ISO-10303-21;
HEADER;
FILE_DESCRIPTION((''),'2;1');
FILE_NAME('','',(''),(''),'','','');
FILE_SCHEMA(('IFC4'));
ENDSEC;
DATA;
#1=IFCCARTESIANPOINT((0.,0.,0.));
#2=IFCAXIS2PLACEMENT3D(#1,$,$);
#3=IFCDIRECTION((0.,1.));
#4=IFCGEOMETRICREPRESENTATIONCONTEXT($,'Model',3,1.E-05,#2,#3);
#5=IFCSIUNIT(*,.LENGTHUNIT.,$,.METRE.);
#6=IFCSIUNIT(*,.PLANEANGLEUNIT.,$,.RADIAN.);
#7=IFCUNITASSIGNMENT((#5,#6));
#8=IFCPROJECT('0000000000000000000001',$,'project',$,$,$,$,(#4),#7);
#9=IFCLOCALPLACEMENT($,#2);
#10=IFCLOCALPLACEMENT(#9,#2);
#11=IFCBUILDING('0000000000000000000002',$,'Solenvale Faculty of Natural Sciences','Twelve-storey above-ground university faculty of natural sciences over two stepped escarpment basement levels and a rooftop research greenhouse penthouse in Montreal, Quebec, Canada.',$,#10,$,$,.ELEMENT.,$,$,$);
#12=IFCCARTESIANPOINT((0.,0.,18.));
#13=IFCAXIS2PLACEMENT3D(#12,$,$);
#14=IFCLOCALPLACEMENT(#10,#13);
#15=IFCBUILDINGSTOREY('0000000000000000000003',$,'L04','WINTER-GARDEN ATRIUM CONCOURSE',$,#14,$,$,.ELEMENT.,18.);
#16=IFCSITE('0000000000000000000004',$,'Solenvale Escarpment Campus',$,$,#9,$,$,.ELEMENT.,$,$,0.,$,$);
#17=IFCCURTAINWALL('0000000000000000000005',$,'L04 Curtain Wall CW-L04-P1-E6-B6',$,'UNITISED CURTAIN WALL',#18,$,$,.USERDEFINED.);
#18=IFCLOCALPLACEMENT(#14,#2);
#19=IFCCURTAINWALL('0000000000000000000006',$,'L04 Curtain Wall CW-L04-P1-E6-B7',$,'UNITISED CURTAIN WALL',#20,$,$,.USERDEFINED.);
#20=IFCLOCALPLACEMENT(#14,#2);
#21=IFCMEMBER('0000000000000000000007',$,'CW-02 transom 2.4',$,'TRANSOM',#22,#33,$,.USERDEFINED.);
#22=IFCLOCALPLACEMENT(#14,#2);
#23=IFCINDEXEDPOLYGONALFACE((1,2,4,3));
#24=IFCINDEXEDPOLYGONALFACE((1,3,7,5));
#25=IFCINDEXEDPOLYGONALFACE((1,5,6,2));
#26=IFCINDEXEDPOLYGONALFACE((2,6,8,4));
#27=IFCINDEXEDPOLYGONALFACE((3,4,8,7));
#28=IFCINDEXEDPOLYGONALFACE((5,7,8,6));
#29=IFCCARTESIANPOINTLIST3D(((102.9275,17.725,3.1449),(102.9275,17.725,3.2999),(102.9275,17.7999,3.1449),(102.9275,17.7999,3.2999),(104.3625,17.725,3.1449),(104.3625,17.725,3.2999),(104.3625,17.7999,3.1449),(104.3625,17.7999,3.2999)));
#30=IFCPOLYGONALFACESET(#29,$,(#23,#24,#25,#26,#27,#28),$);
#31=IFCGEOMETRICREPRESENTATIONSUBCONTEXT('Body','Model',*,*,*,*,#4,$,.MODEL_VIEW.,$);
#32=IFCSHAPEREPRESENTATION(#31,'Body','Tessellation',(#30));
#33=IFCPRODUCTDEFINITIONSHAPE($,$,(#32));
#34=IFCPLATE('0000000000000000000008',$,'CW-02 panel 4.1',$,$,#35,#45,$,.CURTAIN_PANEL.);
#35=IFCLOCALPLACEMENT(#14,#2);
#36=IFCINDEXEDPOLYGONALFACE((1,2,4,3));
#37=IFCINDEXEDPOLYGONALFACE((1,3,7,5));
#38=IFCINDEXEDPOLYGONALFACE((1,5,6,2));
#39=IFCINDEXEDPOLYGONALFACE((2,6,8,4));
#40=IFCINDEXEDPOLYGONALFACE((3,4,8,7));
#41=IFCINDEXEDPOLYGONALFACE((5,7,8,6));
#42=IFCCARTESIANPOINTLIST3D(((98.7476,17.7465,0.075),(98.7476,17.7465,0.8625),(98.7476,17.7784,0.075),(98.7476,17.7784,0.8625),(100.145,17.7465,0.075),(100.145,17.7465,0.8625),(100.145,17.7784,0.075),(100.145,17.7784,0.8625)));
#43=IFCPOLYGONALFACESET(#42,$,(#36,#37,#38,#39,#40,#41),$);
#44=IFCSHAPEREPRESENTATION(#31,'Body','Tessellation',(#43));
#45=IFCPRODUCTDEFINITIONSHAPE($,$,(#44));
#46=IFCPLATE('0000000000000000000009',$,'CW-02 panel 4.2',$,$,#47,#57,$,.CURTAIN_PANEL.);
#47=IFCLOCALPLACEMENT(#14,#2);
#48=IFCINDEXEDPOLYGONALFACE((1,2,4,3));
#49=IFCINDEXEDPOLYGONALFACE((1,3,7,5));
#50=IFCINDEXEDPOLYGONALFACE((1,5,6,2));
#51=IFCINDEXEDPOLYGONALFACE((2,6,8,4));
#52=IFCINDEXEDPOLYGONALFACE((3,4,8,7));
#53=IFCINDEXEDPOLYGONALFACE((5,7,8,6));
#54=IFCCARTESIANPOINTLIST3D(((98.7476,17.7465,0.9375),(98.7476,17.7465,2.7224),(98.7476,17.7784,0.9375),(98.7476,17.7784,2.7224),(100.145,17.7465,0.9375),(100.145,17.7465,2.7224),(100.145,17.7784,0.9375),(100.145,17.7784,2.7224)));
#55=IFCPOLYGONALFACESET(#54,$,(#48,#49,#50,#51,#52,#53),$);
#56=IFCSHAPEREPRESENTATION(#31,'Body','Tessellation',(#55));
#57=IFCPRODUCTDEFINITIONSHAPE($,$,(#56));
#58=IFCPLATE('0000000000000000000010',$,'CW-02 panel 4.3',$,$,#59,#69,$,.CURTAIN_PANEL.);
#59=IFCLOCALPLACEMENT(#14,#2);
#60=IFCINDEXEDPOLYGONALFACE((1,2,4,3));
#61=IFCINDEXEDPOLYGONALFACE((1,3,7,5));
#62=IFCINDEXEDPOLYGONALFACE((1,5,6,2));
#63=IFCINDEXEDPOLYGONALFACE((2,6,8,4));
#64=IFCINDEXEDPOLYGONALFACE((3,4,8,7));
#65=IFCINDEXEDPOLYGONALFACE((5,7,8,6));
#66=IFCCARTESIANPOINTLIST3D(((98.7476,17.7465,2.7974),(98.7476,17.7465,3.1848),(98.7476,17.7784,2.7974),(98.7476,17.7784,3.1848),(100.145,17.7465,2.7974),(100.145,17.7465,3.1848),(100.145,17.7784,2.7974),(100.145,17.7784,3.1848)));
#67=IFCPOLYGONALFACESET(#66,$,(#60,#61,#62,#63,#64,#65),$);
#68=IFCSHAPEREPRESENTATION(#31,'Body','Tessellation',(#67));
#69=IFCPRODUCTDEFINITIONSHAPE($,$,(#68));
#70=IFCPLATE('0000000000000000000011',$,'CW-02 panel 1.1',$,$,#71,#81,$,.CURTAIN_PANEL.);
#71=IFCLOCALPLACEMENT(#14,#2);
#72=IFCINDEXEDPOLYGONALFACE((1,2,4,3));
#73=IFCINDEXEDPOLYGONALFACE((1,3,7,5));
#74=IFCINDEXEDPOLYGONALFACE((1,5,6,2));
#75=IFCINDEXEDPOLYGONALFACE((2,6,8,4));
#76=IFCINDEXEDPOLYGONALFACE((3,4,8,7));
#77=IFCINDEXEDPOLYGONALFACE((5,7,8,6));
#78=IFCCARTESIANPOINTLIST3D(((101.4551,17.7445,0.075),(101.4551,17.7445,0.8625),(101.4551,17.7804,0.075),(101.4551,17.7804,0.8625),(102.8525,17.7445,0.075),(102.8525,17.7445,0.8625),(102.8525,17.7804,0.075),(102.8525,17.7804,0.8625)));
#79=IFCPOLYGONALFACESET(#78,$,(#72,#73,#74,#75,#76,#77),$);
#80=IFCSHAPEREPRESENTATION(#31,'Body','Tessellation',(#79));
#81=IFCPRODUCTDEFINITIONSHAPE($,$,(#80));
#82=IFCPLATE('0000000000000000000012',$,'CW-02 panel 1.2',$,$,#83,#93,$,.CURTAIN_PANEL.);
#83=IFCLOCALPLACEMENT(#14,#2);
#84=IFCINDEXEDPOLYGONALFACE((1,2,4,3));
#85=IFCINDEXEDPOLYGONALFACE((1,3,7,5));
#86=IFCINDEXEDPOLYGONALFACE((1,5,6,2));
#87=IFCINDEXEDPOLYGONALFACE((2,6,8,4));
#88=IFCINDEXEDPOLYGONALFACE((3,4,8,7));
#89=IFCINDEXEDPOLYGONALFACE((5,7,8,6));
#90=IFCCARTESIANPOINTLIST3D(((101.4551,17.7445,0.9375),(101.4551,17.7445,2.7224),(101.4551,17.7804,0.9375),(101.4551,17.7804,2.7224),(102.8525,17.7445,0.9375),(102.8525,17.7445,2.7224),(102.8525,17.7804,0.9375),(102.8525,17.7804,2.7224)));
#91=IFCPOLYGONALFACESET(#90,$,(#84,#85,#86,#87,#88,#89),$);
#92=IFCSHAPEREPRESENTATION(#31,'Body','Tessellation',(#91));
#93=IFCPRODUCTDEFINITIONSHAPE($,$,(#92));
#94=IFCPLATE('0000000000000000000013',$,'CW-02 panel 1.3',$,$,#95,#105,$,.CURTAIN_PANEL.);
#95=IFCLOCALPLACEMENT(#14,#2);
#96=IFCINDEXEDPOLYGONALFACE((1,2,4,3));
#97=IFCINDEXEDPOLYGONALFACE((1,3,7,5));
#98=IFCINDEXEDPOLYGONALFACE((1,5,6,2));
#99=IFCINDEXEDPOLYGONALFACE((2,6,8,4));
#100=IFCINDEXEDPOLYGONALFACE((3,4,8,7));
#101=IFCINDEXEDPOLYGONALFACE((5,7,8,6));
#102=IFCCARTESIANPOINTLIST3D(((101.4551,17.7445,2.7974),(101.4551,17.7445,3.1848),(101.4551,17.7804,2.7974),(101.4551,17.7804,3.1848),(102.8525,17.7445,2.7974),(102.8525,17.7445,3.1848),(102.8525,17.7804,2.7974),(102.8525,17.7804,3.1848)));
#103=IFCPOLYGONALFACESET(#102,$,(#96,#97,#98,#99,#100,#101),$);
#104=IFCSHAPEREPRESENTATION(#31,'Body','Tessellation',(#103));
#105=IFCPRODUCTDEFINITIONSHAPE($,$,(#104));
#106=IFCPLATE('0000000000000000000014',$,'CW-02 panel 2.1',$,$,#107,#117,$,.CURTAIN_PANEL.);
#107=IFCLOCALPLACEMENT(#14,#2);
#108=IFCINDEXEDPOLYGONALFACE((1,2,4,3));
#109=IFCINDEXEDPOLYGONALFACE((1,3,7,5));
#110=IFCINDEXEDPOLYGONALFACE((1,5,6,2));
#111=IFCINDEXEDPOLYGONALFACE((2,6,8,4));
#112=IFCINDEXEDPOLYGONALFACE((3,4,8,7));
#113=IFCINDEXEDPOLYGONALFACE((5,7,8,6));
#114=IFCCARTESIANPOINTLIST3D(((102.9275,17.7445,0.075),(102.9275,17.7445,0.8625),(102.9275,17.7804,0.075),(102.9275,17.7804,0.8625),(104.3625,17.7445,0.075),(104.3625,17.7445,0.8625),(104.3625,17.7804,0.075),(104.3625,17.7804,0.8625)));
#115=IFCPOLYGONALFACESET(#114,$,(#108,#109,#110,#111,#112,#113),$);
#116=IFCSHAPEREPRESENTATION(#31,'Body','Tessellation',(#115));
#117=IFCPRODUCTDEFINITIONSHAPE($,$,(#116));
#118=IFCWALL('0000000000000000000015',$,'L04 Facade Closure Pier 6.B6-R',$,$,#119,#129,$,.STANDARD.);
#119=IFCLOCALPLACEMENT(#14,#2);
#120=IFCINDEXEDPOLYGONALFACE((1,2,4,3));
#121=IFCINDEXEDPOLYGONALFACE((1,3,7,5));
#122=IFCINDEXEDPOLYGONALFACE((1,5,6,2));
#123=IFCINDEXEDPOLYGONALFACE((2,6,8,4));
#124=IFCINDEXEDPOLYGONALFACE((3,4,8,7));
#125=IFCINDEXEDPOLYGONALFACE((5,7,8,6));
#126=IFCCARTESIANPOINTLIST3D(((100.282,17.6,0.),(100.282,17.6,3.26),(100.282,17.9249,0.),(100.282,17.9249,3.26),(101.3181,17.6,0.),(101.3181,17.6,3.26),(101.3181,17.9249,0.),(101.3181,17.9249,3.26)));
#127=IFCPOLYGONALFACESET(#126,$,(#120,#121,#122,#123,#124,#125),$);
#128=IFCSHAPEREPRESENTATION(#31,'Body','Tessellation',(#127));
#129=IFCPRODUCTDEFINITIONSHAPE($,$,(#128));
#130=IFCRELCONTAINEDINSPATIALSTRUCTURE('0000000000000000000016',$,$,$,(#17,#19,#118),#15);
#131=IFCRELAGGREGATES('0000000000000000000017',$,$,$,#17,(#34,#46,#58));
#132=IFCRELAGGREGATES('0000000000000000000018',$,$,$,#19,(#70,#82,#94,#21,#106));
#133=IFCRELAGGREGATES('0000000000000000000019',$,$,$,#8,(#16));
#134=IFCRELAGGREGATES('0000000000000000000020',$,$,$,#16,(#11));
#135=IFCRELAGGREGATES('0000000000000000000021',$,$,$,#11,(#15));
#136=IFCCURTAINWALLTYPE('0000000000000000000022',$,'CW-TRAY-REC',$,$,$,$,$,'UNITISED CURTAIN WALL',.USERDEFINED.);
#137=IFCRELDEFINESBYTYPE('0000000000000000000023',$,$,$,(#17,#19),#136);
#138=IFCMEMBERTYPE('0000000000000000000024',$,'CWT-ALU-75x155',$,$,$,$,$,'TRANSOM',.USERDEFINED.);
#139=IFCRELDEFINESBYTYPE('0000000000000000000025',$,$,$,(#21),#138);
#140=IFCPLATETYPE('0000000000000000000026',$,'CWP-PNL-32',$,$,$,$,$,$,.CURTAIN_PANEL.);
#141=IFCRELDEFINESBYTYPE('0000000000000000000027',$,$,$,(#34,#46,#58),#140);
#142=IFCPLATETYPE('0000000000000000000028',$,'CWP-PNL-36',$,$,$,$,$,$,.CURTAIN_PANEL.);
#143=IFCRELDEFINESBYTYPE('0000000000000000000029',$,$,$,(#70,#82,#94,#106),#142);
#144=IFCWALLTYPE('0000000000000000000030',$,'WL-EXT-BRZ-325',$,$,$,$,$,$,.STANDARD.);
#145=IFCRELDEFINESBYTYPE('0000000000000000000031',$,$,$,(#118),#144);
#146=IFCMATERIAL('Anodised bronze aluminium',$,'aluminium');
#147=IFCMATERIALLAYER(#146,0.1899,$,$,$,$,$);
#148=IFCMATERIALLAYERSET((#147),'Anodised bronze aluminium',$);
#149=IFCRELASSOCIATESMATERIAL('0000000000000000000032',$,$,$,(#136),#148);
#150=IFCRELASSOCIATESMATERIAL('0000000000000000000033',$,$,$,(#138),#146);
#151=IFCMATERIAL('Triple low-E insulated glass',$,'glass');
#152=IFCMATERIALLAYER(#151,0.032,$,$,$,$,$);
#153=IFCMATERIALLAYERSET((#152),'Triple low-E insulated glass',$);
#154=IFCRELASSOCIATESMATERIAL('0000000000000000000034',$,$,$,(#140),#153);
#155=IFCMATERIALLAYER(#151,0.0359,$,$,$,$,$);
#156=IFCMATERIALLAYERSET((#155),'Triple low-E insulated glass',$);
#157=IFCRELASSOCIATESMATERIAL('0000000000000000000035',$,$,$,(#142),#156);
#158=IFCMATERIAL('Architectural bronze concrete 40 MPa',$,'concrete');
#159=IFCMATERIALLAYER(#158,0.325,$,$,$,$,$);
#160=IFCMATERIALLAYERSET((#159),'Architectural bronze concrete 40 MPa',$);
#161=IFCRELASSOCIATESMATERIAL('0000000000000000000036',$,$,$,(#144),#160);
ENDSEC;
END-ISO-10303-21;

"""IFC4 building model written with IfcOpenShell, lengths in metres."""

from ifc_helpers import new_model, si_unit, direction, frame, frame_2d, origin, origin_2d, place, context, subcontext, project, spatial, rectangle, extrude, material, layer, layer_set, material_profile, profile_set, type_object, element, aggregate, save


model = new_model("IFC4")

# Units and contexts
model_context = context("Model", 3, precision=1e-05, world=origin(), true_north=direction((0.0, 1.0)))
body_context = subcontext(model_context, "Body", "Model", "MODEL_VIEW")
ifc_project = project(units=[si_unit("LENGTHUNIT", "METRE"), si_unit("PLANEANGLEUNIT", "RADIAN")], contexts=[model_context])

# Site, building, storey
site_placement = place(None, origin())
site = spatial("IfcSite", under=ifc_project, at=site_placement, Name="Solenvale Escarpment Campus", CompositionType="ELEMENT", RefElevation=0.0)
building_placement = place(site_placement, origin())
building = spatial("IfcBuilding", under=site, at=building_placement, Name="Solenvale Faculty of Natural Sciences", Description="Twelve-storey above-ground university faculty of natural sciences over two stepped escarpment basement levels and a rooftop research greenhouse penthouse in Montreal, Quebec, Canada.", CompositionType="ELEMENT")
storey_placement = place(building_placement, frame((0.0, 0.0, 18.0)))
storey = spatial("IfcBuildingStorey", under=building, at=storey_placement, Name="L04", Description="WINTER-GARDEN ATRIUM CONCOURSE", CompositionType="ELEMENT", Elevation=18.0)

# Curtain wall
ifc_material_1 = material(Name="Anodised bronze aluminium", Category="aluminium")
ifc_layer_1 = layer(ifc_material_1, 0.1899)
ifc_layer_set_1 = layer_set([ifc_layer_1], Name="Anodised bronze aluminium")
curtain_wall_type = type_object("IfcCurtainWallType", Name="CW-TRAY-REC", ElementType="UNITISED CURTAIN WALL", PredefinedType="USERDEFINED", material=ifc_layer_set_1)
curtain_wall_1_placement = place(storey_placement, origin())
curtain_wall_1 = element("IfcCurtainWall", 1, at=curtain_wall_1_placement, inside=storey, type_object=curtain_wall_type, Name="L04 Curtain Wall CW-L04-P1-E6-B6", ObjectType="UNITISED CURTAIN WALL", PredefinedType="USERDEFINED")

# Curtain wall
curtain_wall_2_placement = place(storey_placement, origin())
curtain_wall_2 = element("IfcCurtainWall", 2, at=curtain_wall_2_placement, inside=storey, type_object=curtain_wall_type, Name="L04 Curtain Wall CW-L04-P1-E6-B7", ObjectType="UNITISED CURTAIN WALL", PredefinedType="USERDEFINED")

# Member
ifc_material_profile_1 = material_profile(ifc_material_1, rectangle(XDim=0.075, YDim=0.155, at=origin_2d()), Name="ALU-TRN-75x155")
ifc_profile_set_1 = profile_set([ifc_material_profile_1], Name="Anodised bronze aluminium")
member_type_1 = type_object("IfcMemberType", Name="CWT-ALU-75x155", ElementType="TRANSOM", PredefinedType="USERDEFINED", material=ifc_profile_set_1)
member_1_placement = place(storey_placement, frame((102.9275, 17.7625, 3.2224), z_axis=(1.0, 0.0, 0.0), x_axis=(0.0, 1.0, 0.0)))
member_1 = element("IfcMember", 3, at=member_1_placement, type_object=member_type_1, Name="CW-02 transom 2.4", ObjectType="TRANSOM", PredefinedType="USERDEFINED", context=body_context, shape_type="SweptSolid", body=[
    extrude(rectangle(XDim=0.075, YDim=0.155, at=origin_2d()), origin(), (0.0, 0.0, 1.0), 1.4351),
])

# Plates
ifc_material_2 = material(Name="Triple low-E insulated glass", Category="glass")
ifc_layer_2 = layer(ifc_material_2, 0.032)
ifc_layer_set_2 = layer_set([ifc_layer_2], Name="Triple low-E insulated glass")
plate_type_1 = type_object("IfcPlateType", Name="CWP-PNL-32", PredefinedType="CURTAIN_PANEL", material=ifc_layer_set_2)
plate_1_placement = place(storey_placement, frame((99.4463, 17.7625, 0.075), z_axis=(0.0, 0.0, 1.0), x_axis=(1.0, 0.0, 0.0)))
plate_1 = element("IfcPlate", 4, at=plate_1_placement, type_object=plate_type_1, Name="CW-02 panel 4.1", PredefinedType="CURTAIN_PANEL", context=body_context, shape_type="SweptSolid", body=[
    extrude(rectangle(XDim=1.3975, YDim=0.032, at=origin_2d()), origin(), (0.0, 0.0, 1.0), 0.7876),
])
plate_2_placement = place(storey_placement, frame((99.4463, 17.7625, 0.9375), z_axis=(0.0, 0.0, 1.0), x_axis=(1.0, 0.0, 0.0)))
plate_2 = element("IfcPlate", 5, at=plate_2_placement, type_object=plate_type_1, Name="CW-02 panel 4.2", PredefinedType="CURTAIN_PANEL", context=body_context, shape_type="SweptSolid", body=[
    extrude(rectangle(XDim=1.3975, YDim=0.032, at=origin_2d()), origin(), (0.0, 0.0, 1.0), 1.7849),
])
plate_3_placement = place(storey_placement, frame((99.4463, 17.7625, 2.7974), z_axis=(0.0, 0.0, 1.0), x_axis=(1.0, 0.0, 0.0)))
plate_3 = element("IfcPlate", 6, at=plate_3_placement, type_object=plate_type_1, Name="CW-02 panel 4.3", PredefinedType="CURTAIN_PANEL", context=body_context, shape_type="SweptSolid", body=[
    extrude(rectangle(XDim=1.3975, YDim=0.032, at=origin_2d()), origin(), (0.0, 0.0, 1.0), 0.3875),
])
aggregate(curtain_wall_1, [plate_1, plate_2, plate_3])
ifc_layer_3 = layer(ifc_material_2, 0.0359)
ifc_layer_set_3 = layer_set([ifc_layer_3], Name="Triple low-E insulated glass")
plate_type_2 = type_object("IfcPlateType", Name="CWP-PNL-36", PredefinedType="CURTAIN_PANEL", material=ifc_layer_set_3)
plate_4_placement = place(storey_placement, frame((102.1538, 17.7625, 0.075), z_axis=(0.0, 0.0, 1.0), x_axis=(1.0, 0.0, 0.0)))
plate_4 = element("IfcPlate", 7, at=plate_4_placement, type_object=plate_type_2, Name="CW-02 panel 1.1", PredefinedType="CURTAIN_PANEL", context=body_context, shape_type="SweptSolid", body=[
    extrude(rectangle(XDim=1.3975, YDim=0.0359, at=origin_2d()), origin(), (0.0, 0.0, 1.0), 0.7876),
])
plate_5_placement = place(storey_placement, frame((102.1538, 17.7625, 0.9375), z_axis=(0.0, 0.0, 1.0), x_axis=(1.0, 0.0, 0.0)))
plate_5 = element("IfcPlate", 8, at=plate_5_placement, type_object=plate_type_2, Name="CW-02 panel 1.2", PredefinedType="CURTAIN_PANEL", context=body_context, shape_type="SweptSolid", body=[
    extrude(rectangle(XDim=1.3975, YDim=0.0359, at=origin_2d()), origin(), (0.0, 0.0, 1.0), 1.7849),
])
plate_6_placement = place(storey_placement, frame((102.1538, 17.7625, 2.7974), z_axis=(0.0, 0.0, 1.0), x_axis=(1.0, 0.0, 0.0)))
plate_6 = element("IfcPlate", 9, at=plate_6_placement, type_object=plate_type_2, Name="CW-02 panel 1.3", PredefinedType="CURTAIN_PANEL", context=body_context, shape_type="SweptSolid", body=[
    extrude(rectangle(XDim=1.3975, YDim=0.0359, at=origin_2d()), origin(), (0.0, 0.0, 1.0), 0.3875),
])
plate_7_placement = place(storey_placement, frame((103.645, 17.7625, 0.075), z_axis=(0.0, 0.0, 1.0), x_axis=(1.0, 0.0, 0.0)))
plate_7 = element("IfcPlate", 10, at=plate_7_placement, type_object=plate_type_2, Name="CW-02 panel 2.1", PredefinedType="CURTAIN_PANEL", context=body_context, shape_type="SweptSolid", body=[
    extrude(rectangle(XDim=1.4351, YDim=0.0359, at=origin_2d()), origin(), (0.0, 0.0, 1.0), 0.7876),
])
aggregate(curtain_wall_2, [plate_4, plate_5, plate_6, member_1, plate_7])

# Wall
ifc_material_3 = material(Name="Architectural bronze concrete 40 MPa", Category="concrete")
ifc_layer_4 = layer(ifc_material_3, 0.325)
ifc_layer_set_4 = layer_set([ifc_layer_4], Name="Architectural bronze concrete 40 MPa")
wall_type = type_object("IfcWallType", Name="WL-EXT-BRZ-325", PredefinedType="STANDARD", material=ifc_layer_set_4)
wall_placement = place(storey_placement, frame((100.282, 17.7625, 0.0), z_axis=(0.0, 0.0, 1.0), x_axis=(1.0, 0.0, 0.0)))
element("IfcWall", 11, at=wall_placement, inside=storey, type_object=wall_type, Name="L04 Facade Closure Pier 6.B6-R", PredefinedType="STANDARD", context=body_context, shape_type="SweptSolid", body=[
    extrude(rectangle(XDim=1.0361, YDim=0.325, at=frame_2d((0.5181, 0.0))), origin(), (0.0, 0.0, 1.0), 3.26),
])

save(model, "model.ifc")
